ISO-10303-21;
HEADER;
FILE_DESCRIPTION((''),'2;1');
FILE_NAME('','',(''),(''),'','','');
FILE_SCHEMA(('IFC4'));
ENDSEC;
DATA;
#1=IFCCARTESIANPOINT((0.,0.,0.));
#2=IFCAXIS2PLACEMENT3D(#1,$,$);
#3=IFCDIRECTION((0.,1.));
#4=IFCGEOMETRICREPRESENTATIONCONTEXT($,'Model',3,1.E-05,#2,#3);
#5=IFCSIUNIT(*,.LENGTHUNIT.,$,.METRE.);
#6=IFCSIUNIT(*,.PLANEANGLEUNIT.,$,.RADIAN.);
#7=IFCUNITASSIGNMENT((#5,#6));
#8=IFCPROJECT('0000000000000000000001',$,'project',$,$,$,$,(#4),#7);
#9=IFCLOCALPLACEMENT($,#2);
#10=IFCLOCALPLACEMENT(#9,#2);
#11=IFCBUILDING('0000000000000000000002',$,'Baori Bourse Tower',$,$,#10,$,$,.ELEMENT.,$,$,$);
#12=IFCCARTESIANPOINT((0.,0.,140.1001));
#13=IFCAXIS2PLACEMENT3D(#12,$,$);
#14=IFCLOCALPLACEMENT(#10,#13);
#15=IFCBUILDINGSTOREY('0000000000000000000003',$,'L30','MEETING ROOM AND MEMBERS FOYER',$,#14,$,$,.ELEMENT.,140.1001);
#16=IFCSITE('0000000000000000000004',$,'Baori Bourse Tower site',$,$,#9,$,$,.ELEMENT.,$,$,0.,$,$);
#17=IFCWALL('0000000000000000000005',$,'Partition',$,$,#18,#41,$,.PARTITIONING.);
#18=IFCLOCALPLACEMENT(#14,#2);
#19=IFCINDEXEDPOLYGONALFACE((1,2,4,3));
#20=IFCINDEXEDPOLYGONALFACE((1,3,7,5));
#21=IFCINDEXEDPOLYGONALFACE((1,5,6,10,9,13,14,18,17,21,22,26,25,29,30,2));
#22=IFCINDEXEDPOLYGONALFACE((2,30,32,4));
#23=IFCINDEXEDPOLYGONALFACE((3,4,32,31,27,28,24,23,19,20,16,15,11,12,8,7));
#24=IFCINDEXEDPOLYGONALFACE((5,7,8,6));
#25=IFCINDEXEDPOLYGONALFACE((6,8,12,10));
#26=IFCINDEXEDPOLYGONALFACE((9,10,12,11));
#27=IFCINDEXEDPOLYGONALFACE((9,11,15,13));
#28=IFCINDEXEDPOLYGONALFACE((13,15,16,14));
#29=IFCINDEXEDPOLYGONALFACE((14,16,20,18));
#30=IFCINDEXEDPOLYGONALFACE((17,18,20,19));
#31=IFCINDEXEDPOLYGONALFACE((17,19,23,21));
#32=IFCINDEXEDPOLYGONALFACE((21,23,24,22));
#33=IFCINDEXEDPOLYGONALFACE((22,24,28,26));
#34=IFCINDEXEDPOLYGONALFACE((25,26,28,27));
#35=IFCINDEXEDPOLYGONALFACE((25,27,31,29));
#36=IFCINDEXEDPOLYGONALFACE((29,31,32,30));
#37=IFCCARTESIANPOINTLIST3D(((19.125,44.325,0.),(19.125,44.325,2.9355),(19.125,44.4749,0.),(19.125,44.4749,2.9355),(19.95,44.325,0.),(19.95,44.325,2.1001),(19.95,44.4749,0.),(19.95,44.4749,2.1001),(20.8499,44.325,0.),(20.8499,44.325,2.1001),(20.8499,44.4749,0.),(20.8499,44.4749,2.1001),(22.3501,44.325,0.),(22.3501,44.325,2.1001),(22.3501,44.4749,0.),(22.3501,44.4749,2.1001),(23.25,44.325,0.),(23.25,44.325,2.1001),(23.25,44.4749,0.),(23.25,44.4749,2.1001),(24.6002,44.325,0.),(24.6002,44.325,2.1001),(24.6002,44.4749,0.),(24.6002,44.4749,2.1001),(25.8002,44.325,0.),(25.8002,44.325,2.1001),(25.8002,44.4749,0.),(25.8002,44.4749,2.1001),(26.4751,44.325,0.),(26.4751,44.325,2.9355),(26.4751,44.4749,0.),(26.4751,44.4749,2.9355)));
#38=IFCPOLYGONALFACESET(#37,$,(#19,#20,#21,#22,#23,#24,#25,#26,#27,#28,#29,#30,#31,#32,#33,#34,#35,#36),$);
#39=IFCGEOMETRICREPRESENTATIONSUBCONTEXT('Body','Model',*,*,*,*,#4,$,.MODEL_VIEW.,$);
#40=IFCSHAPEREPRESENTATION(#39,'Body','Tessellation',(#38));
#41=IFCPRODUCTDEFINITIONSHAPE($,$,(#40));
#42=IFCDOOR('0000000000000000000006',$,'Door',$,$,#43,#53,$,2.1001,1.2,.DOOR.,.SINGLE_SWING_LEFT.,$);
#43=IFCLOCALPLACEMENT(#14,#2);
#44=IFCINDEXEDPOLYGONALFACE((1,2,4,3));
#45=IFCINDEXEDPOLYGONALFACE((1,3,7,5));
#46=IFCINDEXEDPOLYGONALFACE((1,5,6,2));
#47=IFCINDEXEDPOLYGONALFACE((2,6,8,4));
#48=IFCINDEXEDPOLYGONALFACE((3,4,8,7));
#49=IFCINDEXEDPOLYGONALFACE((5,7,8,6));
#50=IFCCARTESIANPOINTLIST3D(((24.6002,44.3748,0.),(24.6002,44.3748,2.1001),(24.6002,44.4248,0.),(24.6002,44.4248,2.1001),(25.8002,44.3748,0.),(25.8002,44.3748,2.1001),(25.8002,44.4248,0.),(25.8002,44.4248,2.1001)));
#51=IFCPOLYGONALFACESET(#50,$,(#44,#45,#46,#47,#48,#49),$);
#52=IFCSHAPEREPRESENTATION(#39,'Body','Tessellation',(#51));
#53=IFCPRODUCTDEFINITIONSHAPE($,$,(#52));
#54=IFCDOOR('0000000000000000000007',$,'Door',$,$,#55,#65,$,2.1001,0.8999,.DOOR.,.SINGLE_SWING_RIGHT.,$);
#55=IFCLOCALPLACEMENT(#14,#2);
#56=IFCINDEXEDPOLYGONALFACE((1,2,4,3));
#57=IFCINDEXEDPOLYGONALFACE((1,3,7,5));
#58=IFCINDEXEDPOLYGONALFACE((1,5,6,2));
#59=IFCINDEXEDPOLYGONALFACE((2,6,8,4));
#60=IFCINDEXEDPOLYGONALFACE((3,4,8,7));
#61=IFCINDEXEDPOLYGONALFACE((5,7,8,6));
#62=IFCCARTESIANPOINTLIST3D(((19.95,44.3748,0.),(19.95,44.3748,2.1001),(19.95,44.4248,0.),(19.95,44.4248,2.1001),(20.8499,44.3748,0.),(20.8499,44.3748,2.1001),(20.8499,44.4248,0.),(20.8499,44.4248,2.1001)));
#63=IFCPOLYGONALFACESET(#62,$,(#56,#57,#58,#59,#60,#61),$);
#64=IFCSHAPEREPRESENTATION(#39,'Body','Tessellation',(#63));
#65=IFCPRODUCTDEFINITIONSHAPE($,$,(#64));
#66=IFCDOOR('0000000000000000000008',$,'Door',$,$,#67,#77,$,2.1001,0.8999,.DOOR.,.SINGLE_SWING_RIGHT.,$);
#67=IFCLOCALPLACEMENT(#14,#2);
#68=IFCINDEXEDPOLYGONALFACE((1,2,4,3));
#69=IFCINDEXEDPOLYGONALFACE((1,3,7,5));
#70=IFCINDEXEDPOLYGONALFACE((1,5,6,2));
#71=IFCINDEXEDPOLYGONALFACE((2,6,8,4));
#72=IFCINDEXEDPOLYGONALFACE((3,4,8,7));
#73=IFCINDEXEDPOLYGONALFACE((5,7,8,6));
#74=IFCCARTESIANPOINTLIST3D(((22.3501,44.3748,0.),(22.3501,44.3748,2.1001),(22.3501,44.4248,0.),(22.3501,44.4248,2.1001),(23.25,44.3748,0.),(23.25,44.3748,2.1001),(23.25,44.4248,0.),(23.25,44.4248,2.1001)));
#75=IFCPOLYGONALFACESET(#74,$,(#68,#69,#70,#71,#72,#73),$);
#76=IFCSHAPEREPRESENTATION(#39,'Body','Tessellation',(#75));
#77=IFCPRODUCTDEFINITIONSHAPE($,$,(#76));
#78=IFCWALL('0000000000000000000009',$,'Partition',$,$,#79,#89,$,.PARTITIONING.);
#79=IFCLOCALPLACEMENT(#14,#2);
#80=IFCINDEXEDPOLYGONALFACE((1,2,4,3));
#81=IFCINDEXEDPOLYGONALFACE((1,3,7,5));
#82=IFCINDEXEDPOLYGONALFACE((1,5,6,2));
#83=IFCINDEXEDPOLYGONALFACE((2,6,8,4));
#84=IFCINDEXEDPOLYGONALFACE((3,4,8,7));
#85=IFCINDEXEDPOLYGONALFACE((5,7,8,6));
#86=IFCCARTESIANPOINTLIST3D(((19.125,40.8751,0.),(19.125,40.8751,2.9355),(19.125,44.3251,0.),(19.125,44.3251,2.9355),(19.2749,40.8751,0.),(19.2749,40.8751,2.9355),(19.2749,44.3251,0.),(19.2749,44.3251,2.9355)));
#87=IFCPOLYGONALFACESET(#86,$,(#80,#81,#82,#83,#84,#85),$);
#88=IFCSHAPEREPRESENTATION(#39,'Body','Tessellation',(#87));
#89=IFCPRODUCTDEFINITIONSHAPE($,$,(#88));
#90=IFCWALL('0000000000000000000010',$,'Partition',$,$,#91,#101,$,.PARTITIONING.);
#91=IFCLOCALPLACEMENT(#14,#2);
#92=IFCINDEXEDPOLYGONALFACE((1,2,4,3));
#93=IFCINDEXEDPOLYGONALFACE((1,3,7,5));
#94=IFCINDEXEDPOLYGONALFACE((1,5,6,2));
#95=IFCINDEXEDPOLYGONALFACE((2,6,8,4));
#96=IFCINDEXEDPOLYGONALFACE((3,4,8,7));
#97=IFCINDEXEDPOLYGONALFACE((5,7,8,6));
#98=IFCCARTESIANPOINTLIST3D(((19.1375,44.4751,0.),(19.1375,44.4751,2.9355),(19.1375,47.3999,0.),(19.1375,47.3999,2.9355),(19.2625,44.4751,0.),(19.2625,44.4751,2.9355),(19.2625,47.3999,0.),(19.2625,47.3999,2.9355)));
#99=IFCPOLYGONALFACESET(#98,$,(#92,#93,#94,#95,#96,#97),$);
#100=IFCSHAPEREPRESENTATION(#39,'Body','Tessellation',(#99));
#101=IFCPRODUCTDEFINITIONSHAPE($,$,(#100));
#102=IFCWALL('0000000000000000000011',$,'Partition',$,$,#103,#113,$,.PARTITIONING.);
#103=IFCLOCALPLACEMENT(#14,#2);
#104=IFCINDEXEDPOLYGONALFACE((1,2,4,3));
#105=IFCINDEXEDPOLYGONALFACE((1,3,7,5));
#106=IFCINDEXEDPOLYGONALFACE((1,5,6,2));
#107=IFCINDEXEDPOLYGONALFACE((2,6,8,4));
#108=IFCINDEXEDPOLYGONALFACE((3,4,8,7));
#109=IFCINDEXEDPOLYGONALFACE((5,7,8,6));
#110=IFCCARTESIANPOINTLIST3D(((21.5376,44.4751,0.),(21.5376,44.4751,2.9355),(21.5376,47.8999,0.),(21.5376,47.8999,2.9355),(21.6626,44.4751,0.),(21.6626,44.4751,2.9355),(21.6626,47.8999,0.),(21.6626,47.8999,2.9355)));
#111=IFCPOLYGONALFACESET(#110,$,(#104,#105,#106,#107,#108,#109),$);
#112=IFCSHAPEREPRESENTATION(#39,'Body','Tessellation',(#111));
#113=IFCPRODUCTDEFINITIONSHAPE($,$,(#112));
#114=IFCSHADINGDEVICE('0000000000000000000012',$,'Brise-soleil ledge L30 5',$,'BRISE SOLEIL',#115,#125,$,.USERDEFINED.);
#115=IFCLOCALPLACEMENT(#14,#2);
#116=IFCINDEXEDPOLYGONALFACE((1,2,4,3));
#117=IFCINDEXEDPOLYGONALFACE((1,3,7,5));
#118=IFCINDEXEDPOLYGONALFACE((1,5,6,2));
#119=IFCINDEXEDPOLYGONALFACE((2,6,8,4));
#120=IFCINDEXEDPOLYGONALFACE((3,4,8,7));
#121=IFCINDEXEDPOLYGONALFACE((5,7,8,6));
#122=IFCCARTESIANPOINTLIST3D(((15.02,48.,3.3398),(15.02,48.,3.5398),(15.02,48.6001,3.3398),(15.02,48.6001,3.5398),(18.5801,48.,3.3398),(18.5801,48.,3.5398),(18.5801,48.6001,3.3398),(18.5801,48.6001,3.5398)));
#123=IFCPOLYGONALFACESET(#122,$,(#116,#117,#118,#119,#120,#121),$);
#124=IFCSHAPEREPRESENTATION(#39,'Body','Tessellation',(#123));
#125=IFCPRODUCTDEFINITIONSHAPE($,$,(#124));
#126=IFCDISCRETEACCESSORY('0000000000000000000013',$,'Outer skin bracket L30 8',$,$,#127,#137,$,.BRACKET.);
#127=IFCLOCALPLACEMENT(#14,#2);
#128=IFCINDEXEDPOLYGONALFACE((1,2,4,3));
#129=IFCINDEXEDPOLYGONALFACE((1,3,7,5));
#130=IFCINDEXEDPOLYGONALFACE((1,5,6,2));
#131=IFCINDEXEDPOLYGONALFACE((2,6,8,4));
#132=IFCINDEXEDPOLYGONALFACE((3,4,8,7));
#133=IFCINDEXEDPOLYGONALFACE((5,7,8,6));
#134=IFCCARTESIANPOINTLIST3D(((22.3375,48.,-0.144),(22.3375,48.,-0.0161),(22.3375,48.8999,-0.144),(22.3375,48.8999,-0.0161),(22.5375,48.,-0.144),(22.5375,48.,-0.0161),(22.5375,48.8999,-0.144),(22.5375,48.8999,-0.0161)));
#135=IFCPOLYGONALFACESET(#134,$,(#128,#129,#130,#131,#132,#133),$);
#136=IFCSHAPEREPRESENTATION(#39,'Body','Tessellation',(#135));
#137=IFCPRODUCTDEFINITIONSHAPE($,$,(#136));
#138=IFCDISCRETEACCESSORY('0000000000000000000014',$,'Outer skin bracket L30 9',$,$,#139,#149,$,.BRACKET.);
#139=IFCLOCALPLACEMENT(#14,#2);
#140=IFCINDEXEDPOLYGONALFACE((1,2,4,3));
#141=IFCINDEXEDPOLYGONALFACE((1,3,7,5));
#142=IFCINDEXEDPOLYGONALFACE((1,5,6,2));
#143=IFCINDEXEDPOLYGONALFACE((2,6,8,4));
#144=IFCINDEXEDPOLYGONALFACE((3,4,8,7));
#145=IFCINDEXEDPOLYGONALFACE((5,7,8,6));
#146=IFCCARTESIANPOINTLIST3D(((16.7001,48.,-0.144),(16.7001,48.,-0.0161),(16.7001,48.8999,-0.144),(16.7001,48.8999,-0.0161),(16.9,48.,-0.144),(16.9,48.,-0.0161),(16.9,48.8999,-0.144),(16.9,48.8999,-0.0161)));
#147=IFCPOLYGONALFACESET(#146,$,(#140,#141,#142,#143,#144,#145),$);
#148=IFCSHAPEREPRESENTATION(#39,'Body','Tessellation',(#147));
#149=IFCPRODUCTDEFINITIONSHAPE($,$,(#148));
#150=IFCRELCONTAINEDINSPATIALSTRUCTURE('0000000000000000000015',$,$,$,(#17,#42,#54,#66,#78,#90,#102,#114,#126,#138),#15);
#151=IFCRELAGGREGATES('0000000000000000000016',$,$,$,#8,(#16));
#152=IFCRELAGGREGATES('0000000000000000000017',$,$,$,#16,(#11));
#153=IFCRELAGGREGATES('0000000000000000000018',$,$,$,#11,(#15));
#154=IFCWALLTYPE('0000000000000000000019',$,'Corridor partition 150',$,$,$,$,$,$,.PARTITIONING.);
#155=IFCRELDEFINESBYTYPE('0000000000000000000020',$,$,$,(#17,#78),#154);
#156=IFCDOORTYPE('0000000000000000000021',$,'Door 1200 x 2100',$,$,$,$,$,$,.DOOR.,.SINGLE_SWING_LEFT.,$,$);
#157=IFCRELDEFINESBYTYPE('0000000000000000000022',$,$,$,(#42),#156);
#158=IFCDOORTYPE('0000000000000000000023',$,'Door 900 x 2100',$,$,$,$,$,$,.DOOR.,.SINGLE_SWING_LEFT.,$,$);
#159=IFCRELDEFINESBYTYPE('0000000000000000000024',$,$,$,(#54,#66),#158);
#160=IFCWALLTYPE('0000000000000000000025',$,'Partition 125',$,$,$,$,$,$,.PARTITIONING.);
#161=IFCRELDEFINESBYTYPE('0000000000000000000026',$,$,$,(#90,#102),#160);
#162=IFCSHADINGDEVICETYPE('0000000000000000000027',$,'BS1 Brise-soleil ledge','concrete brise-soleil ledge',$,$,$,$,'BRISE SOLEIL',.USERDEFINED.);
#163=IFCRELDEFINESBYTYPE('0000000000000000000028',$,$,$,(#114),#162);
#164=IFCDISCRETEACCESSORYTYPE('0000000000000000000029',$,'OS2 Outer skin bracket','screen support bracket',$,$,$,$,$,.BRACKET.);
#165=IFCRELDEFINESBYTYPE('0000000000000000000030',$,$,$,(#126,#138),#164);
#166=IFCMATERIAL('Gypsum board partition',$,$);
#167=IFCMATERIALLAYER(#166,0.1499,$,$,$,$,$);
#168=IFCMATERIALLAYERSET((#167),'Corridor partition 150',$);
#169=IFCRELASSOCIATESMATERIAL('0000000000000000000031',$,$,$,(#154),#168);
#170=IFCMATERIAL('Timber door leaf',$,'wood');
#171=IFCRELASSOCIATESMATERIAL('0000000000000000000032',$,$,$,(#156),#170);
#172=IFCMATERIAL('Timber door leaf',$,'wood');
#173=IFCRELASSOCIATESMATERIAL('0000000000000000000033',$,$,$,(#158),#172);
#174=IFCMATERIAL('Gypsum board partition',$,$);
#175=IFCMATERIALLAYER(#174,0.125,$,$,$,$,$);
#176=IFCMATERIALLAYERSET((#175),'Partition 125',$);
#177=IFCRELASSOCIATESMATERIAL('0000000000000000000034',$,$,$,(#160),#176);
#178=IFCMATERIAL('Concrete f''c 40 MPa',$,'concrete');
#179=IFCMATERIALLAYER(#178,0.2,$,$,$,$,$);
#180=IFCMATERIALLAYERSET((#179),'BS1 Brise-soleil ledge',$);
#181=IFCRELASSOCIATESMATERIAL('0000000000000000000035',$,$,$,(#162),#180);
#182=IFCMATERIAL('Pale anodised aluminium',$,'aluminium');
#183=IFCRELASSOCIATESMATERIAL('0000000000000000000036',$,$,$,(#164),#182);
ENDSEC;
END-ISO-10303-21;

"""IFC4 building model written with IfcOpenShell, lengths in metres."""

from ifc_helpers import new_model, si_unit, direction, frame, frame_2d, origin, origin_2d, place, context, subcontext, project, spatial, rectangle, extrude, material, layer, layer_set, type_object, element, fill, save


model = new_model("IFC4")

# Units and contexts
model_context = context("Model", 3, precision=1e-05, world=origin(), true_north=direction((0.0, 1.0)))
body_context = subcontext(model_context, "Body", "Model", "MODEL_VIEW")
ifc_project = project(units=[si_unit("LENGTHUNIT", "METRE"), si_unit("PLANEANGLEUNIT", "RADIAN")], contexts=[model_context])

# Site, building, storey
site_placement = place(None, origin())
site = spatial("IfcSite", under=ifc_project, at=site_placement, Name="Baori Bourse Tower site", CompositionType="ELEMENT", RefElevation=0.0)
building_placement = place(site_placement, origin())
building = spatial("IfcBuilding", under=site, at=building_placement, Name="Baori Bourse Tower", CompositionType="ELEMENT")
storey_placement = place(building_placement, frame((0.0, 0.0, 140.1001)))
storey = spatial("IfcBuildingStorey", under=building, at=storey_placement, Name="L30", Description="MEETING ROOM AND MEMBERS FOYER", CompositionType="ELEMENT", Elevation=140.1001)

# Wall, openings, doors
ifc_material_1 = material(Name="Gypsum board partition")
ifc_layer_1 = layer(ifc_material_1, 0.1499)
ifc_layer_set_1 = layer_set([ifc_layer_1], Name="Corridor partition 150")
wall_type_1 = type_object("IfcWallType", Name="Corridor partition 150", PredefinedType="PARTITIONING", material=ifc_layer_set_1)
wall_1_placement = place(storey_placement, frame((19.125, 44.3999, 0.0), z_axis=(0.0, 0.0, 1.0), x_axis=(1.0, 0.0, 0.0)))
wall_1 = element("IfcWall", 1, at=wall_1_placement, inside=storey, type_object=wall_type_1, Name="Partition", PredefinedType="PARTITIONING", context=body_context, shape_type="SweptSolid", body=[
    extrude(rectangle(XDim=7.3501, YDim=0.1499, at=frame_2d((3.675, 0.0))), origin(), (0.0, 0.0, 1.0), 2.9355),
])
opening_1_placement = place(wall_1_placement, frame((0.825, 0.0, 0.0)))
opening_1 = element("IfcOpeningElement", 2, at=opening_1_placement, cuts=wall_1, PredefinedType="OPENING", context=body_context, shape_type="SweptSolid", body=[
    extrude(rectangle(XDim=0.8999, YDim=2.1001, at=frame_2d((0.45, 1.05))), frame((0.0, 0.085, 0.0), z_axis=(0.0, -1.0, 0.0), x_axis=(1.0, 0.0, 0.0)), (0.0, 0.0, 1.0), 0.1699),
])
opening_2_placement = place(wall_1_placement, frame((3.2251, 0.0, 0.0)))
opening_2 = element("IfcOpeningElement", 3, at=opening_2_placement, cuts=wall_1, PredefinedType="OPENING", context=body_context, shape_type="SweptSolid", body=[
    extrude(rectangle(XDim=0.8999, YDim=2.1001, at=frame_2d((0.45, 1.05))), frame((0.0, 0.085, 0.0), z_axis=(0.0, -1.0, 0.0), x_axis=(1.0, 0.0, 0.0)), (0.0, 0.0, 1.0), 0.1699),
])
opening_3_placement = place(wall_1_placement, frame((5.4751, 0.0, 0.0)))
opening_3 = element("IfcOpeningElement", 4, at=opening_3_placement, cuts=wall_1, PredefinedType="OPENING", context=body_context, shape_type="SweptSolid", body=[
    extrude(rectangle(XDim=1.2, YDim=2.1001, at=frame_2d((0.6001, 1.05))), frame((0.0, 0.085, 0.0), z_axis=(0.0, -1.0, 0.0), x_axis=(1.0, 0.0, 0.0)), (0.0, 0.0, 1.0), 0.1699),
])
ifc_material_2 = material(Name="Timber door leaf", Category="wood")
door_type_1 = type_object("IfcDoorType", Name="Door 1200 x 2100", OperationType="SINGLE_SWING_LEFT", PredefinedType="DOOR", material=ifc_material_2)
door_1_placement = place(opening_3_placement, origin())
door_1 = element("IfcDoor", 5, at=door_1_placement, inside=storey, type_object=door_type_1, Name="Door", OperationType="SINGLE_SWING_LEFT", OverallHeight=2.1001, OverallWidth=1.2, PredefinedType="DOOR", context=body_context, shape_type="SweptSolid", body=[
    extrude(rectangle(XDim=1.2, YDim=2.1001, at=frame_2d((0.6001, 1.05))), frame((0.0, 0.0249, 0.0), z_axis=(0.0, -1.0, 0.0), x_axis=(1.0, 0.0, 0.0)), (0.0, 0.0, 1.0), 0.05),
])
fill(opening_3, door_1)
ifc_material_3 = material(Name="Timber door leaf", Category="wood")
door_type_2 = type_object("IfcDoorType", Name="Door 900 x 2100", OperationType="SINGLE_SWING_LEFT", PredefinedType="DOOR", material=ifc_material_3)
door_2_placement = place(opening_1_placement, origin())
door_2 = element("IfcDoor", 6, at=door_2_placement, inside=storey, type_object=door_type_2, Name="Door", OperationType="SINGLE_SWING_RIGHT", OverallHeight=2.1001, OverallWidth=0.8999, PredefinedType="DOOR", context=body_context, shape_type="SweptSolid", body=[
    extrude(rectangle(XDim=0.8999, YDim=2.1001, at=frame_2d((0.45, 1.05))), frame((0.0, 0.0249, 0.0), z_axis=(0.0, -1.0, 0.0), x_axis=(1.0, 0.0, 0.0)), (0.0, 0.0, 1.0), 0.05),
])
fill(opening_1, door_2)
door_3_placement = place(opening_2_placement, origin())
door_3 = element("IfcDoor", 7, at=door_3_placement, inside=storey, type_object=door_type_2, Name="Door", OperationType="SINGLE_SWING_RIGHT", OverallHeight=2.1001, OverallWidth=0.8999, PredefinedType="DOOR", context=body_context, shape_type="SweptSolid", body=[
    extrude(rectangle(XDim=0.8999, YDim=2.1001, at=frame_2d((0.45, 1.05))), frame((0.0, 0.0249, 0.0), z_axis=(0.0, -1.0, 0.0), x_axis=(1.0, 0.0, 0.0)), (0.0, 0.0, 1.0), 0.05),
])
fill(opening_2, door_3)

# Walls
wall_2_placement = place(storey_placement, frame((19.2, 40.875, 0.0), z_axis=(0.0, 0.0, 1.0), x_axis=(0.0, 1.0, 0.0)))
element("IfcWall", 8, at=wall_2_placement, inside=storey, type_object=wall_type_1, Name="Partition", PredefinedType="PARTITIONING", context=body_context, shape_type="SweptSolid", body=[
    extrude(rectangle(XDim=3.45, YDim=0.1499, at=frame_2d((1.7251, 0.0))), origin(), (0.0, 0.0, 1.0), 2.9355),
])
ifc_material_4 = material(Name="Gypsum board partition")
ifc_layer_2 = layer(ifc_material_4, 0.125)
ifc_layer_set_2 = layer_set([ifc_layer_2], Name="Partition 125")
wall_type_2 = type_object("IfcWallType", Name="Partition 125", PredefinedType="PARTITIONING", material=ifc_layer_set_2)
wall_3_placement = place(storey_placement, frame((19.2, 44.4751, 0.0), z_axis=(0.0, 0.0, 1.0), x_axis=(0.0, 1.0, 0.0)))
element("IfcWall", 9, at=wall_3_placement, inside=storey, type_object=wall_type_2, Name="Partition", PredefinedType="PARTITIONING", context=body_context, shape_type="SweptSolid", body=[
    extrude(rectangle(XDim=2.9248, YDim=0.125, at=frame_2d((1.4624, 0.0))), origin(), (0.0, 0.0, 1.0), 2.9355),
])
wall_4_placement = place(storey_placement, frame((21.6001, 44.4751, 0.0), z_axis=(0.0, 0.0, 1.0), x_axis=(0.0, 1.0, 0.0)))
element("IfcWall", 10, at=wall_4_placement, inside=storey, type_object=wall_type_2, Name="Partition", PredefinedType="PARTITIONING", context=body_context, shape_type="SweptSolid", body=[
    extrude(rectangle(XDim=3.4248, YDim=0.125, at=frame_2d((1.7124, 0.0))), origin(), (0.0, 0.0, 1.0), 2.9355),
])

# Shading device
ifc_material_5 = material(Name="Concrete f'c 40 MPa", Category="concrete")
ifc_layer_3 = layer(ifc_material_5, 0.2)
ifc_layer_set_3 = layer_set([ifc_layer_3], Name="BS1 Brise-soleil ledge")
shading_device_type = type_object("IfcShadingDeviceType", Name="BS1 Brise-soleil ledge", Description="concrete brise-soleil ledge", ElementType="BRISE SOLEIL", PredefinedType="USERDEFINED", material=ifc_layer_set_3)
shading_device_placement = place(storey_placement, frame((16.8, 48.3, 3.3398), z_axis=(0.0, 0.0, 1.0), x_axis=(-1.0, 0.0, 0.0)))
element("IfcShadingDevice", 11, at=shading_device_placement, inside=storey, type_object=shading_device_type, Name="Brise-soleil ledge L30 5", ObjectType="BRISE SOLEIL", PredefinedType="USERDEFINED", context=body_context, shape_type="SweptSolid", body=[
    extrude(rectangle(XDim=3.5601, YDim=0.6001, at=origin_2d()), origin(), (0.0, 0.0, 1.0), 0.2),
])

# Discrete accessories
ifc_material_6 = material(Name="Pale anodised aluminium", Category="aluminium")
discrete_accessory_type = type_object("IfcDiscreteAccessoryType", Name="OS2 Outer skin bracket", Description="screen support bracket", PredefinedType="BRACKET", material=ifc_material_6)
for number, where, z_axis, x_axis, name in (
    (12, (22.4375, 48.45, -0.144), (0.0, 0.0, 1.0), (-1.0, 0.0, 0.0), "Outer skin bracket L30 8"),
    (13, (16.8, 48.45, -0.144), (0.0, 0.0, 1.0), (-1.0, 0.0, 0.0), "Outer skin bracket L30 9"),
):
    element("IfcDiscreteAccessory", number, at=place(storey_placement, frame(where, z_axis=z_axis, x_axis=x_axis)), inside=storey, type_object=discrete_accessory_type, Name=name, PredefinedType="BRACKET", context=body_context, shape_type="SweptSolid", body=[
        extrude(rectangle(XDim=0.2, YDim=0.8999, at=origin_2d()), origin(), (0.0, 0.0, 1.0), 0.1279),
    ])

save(model, "model.ifc")
